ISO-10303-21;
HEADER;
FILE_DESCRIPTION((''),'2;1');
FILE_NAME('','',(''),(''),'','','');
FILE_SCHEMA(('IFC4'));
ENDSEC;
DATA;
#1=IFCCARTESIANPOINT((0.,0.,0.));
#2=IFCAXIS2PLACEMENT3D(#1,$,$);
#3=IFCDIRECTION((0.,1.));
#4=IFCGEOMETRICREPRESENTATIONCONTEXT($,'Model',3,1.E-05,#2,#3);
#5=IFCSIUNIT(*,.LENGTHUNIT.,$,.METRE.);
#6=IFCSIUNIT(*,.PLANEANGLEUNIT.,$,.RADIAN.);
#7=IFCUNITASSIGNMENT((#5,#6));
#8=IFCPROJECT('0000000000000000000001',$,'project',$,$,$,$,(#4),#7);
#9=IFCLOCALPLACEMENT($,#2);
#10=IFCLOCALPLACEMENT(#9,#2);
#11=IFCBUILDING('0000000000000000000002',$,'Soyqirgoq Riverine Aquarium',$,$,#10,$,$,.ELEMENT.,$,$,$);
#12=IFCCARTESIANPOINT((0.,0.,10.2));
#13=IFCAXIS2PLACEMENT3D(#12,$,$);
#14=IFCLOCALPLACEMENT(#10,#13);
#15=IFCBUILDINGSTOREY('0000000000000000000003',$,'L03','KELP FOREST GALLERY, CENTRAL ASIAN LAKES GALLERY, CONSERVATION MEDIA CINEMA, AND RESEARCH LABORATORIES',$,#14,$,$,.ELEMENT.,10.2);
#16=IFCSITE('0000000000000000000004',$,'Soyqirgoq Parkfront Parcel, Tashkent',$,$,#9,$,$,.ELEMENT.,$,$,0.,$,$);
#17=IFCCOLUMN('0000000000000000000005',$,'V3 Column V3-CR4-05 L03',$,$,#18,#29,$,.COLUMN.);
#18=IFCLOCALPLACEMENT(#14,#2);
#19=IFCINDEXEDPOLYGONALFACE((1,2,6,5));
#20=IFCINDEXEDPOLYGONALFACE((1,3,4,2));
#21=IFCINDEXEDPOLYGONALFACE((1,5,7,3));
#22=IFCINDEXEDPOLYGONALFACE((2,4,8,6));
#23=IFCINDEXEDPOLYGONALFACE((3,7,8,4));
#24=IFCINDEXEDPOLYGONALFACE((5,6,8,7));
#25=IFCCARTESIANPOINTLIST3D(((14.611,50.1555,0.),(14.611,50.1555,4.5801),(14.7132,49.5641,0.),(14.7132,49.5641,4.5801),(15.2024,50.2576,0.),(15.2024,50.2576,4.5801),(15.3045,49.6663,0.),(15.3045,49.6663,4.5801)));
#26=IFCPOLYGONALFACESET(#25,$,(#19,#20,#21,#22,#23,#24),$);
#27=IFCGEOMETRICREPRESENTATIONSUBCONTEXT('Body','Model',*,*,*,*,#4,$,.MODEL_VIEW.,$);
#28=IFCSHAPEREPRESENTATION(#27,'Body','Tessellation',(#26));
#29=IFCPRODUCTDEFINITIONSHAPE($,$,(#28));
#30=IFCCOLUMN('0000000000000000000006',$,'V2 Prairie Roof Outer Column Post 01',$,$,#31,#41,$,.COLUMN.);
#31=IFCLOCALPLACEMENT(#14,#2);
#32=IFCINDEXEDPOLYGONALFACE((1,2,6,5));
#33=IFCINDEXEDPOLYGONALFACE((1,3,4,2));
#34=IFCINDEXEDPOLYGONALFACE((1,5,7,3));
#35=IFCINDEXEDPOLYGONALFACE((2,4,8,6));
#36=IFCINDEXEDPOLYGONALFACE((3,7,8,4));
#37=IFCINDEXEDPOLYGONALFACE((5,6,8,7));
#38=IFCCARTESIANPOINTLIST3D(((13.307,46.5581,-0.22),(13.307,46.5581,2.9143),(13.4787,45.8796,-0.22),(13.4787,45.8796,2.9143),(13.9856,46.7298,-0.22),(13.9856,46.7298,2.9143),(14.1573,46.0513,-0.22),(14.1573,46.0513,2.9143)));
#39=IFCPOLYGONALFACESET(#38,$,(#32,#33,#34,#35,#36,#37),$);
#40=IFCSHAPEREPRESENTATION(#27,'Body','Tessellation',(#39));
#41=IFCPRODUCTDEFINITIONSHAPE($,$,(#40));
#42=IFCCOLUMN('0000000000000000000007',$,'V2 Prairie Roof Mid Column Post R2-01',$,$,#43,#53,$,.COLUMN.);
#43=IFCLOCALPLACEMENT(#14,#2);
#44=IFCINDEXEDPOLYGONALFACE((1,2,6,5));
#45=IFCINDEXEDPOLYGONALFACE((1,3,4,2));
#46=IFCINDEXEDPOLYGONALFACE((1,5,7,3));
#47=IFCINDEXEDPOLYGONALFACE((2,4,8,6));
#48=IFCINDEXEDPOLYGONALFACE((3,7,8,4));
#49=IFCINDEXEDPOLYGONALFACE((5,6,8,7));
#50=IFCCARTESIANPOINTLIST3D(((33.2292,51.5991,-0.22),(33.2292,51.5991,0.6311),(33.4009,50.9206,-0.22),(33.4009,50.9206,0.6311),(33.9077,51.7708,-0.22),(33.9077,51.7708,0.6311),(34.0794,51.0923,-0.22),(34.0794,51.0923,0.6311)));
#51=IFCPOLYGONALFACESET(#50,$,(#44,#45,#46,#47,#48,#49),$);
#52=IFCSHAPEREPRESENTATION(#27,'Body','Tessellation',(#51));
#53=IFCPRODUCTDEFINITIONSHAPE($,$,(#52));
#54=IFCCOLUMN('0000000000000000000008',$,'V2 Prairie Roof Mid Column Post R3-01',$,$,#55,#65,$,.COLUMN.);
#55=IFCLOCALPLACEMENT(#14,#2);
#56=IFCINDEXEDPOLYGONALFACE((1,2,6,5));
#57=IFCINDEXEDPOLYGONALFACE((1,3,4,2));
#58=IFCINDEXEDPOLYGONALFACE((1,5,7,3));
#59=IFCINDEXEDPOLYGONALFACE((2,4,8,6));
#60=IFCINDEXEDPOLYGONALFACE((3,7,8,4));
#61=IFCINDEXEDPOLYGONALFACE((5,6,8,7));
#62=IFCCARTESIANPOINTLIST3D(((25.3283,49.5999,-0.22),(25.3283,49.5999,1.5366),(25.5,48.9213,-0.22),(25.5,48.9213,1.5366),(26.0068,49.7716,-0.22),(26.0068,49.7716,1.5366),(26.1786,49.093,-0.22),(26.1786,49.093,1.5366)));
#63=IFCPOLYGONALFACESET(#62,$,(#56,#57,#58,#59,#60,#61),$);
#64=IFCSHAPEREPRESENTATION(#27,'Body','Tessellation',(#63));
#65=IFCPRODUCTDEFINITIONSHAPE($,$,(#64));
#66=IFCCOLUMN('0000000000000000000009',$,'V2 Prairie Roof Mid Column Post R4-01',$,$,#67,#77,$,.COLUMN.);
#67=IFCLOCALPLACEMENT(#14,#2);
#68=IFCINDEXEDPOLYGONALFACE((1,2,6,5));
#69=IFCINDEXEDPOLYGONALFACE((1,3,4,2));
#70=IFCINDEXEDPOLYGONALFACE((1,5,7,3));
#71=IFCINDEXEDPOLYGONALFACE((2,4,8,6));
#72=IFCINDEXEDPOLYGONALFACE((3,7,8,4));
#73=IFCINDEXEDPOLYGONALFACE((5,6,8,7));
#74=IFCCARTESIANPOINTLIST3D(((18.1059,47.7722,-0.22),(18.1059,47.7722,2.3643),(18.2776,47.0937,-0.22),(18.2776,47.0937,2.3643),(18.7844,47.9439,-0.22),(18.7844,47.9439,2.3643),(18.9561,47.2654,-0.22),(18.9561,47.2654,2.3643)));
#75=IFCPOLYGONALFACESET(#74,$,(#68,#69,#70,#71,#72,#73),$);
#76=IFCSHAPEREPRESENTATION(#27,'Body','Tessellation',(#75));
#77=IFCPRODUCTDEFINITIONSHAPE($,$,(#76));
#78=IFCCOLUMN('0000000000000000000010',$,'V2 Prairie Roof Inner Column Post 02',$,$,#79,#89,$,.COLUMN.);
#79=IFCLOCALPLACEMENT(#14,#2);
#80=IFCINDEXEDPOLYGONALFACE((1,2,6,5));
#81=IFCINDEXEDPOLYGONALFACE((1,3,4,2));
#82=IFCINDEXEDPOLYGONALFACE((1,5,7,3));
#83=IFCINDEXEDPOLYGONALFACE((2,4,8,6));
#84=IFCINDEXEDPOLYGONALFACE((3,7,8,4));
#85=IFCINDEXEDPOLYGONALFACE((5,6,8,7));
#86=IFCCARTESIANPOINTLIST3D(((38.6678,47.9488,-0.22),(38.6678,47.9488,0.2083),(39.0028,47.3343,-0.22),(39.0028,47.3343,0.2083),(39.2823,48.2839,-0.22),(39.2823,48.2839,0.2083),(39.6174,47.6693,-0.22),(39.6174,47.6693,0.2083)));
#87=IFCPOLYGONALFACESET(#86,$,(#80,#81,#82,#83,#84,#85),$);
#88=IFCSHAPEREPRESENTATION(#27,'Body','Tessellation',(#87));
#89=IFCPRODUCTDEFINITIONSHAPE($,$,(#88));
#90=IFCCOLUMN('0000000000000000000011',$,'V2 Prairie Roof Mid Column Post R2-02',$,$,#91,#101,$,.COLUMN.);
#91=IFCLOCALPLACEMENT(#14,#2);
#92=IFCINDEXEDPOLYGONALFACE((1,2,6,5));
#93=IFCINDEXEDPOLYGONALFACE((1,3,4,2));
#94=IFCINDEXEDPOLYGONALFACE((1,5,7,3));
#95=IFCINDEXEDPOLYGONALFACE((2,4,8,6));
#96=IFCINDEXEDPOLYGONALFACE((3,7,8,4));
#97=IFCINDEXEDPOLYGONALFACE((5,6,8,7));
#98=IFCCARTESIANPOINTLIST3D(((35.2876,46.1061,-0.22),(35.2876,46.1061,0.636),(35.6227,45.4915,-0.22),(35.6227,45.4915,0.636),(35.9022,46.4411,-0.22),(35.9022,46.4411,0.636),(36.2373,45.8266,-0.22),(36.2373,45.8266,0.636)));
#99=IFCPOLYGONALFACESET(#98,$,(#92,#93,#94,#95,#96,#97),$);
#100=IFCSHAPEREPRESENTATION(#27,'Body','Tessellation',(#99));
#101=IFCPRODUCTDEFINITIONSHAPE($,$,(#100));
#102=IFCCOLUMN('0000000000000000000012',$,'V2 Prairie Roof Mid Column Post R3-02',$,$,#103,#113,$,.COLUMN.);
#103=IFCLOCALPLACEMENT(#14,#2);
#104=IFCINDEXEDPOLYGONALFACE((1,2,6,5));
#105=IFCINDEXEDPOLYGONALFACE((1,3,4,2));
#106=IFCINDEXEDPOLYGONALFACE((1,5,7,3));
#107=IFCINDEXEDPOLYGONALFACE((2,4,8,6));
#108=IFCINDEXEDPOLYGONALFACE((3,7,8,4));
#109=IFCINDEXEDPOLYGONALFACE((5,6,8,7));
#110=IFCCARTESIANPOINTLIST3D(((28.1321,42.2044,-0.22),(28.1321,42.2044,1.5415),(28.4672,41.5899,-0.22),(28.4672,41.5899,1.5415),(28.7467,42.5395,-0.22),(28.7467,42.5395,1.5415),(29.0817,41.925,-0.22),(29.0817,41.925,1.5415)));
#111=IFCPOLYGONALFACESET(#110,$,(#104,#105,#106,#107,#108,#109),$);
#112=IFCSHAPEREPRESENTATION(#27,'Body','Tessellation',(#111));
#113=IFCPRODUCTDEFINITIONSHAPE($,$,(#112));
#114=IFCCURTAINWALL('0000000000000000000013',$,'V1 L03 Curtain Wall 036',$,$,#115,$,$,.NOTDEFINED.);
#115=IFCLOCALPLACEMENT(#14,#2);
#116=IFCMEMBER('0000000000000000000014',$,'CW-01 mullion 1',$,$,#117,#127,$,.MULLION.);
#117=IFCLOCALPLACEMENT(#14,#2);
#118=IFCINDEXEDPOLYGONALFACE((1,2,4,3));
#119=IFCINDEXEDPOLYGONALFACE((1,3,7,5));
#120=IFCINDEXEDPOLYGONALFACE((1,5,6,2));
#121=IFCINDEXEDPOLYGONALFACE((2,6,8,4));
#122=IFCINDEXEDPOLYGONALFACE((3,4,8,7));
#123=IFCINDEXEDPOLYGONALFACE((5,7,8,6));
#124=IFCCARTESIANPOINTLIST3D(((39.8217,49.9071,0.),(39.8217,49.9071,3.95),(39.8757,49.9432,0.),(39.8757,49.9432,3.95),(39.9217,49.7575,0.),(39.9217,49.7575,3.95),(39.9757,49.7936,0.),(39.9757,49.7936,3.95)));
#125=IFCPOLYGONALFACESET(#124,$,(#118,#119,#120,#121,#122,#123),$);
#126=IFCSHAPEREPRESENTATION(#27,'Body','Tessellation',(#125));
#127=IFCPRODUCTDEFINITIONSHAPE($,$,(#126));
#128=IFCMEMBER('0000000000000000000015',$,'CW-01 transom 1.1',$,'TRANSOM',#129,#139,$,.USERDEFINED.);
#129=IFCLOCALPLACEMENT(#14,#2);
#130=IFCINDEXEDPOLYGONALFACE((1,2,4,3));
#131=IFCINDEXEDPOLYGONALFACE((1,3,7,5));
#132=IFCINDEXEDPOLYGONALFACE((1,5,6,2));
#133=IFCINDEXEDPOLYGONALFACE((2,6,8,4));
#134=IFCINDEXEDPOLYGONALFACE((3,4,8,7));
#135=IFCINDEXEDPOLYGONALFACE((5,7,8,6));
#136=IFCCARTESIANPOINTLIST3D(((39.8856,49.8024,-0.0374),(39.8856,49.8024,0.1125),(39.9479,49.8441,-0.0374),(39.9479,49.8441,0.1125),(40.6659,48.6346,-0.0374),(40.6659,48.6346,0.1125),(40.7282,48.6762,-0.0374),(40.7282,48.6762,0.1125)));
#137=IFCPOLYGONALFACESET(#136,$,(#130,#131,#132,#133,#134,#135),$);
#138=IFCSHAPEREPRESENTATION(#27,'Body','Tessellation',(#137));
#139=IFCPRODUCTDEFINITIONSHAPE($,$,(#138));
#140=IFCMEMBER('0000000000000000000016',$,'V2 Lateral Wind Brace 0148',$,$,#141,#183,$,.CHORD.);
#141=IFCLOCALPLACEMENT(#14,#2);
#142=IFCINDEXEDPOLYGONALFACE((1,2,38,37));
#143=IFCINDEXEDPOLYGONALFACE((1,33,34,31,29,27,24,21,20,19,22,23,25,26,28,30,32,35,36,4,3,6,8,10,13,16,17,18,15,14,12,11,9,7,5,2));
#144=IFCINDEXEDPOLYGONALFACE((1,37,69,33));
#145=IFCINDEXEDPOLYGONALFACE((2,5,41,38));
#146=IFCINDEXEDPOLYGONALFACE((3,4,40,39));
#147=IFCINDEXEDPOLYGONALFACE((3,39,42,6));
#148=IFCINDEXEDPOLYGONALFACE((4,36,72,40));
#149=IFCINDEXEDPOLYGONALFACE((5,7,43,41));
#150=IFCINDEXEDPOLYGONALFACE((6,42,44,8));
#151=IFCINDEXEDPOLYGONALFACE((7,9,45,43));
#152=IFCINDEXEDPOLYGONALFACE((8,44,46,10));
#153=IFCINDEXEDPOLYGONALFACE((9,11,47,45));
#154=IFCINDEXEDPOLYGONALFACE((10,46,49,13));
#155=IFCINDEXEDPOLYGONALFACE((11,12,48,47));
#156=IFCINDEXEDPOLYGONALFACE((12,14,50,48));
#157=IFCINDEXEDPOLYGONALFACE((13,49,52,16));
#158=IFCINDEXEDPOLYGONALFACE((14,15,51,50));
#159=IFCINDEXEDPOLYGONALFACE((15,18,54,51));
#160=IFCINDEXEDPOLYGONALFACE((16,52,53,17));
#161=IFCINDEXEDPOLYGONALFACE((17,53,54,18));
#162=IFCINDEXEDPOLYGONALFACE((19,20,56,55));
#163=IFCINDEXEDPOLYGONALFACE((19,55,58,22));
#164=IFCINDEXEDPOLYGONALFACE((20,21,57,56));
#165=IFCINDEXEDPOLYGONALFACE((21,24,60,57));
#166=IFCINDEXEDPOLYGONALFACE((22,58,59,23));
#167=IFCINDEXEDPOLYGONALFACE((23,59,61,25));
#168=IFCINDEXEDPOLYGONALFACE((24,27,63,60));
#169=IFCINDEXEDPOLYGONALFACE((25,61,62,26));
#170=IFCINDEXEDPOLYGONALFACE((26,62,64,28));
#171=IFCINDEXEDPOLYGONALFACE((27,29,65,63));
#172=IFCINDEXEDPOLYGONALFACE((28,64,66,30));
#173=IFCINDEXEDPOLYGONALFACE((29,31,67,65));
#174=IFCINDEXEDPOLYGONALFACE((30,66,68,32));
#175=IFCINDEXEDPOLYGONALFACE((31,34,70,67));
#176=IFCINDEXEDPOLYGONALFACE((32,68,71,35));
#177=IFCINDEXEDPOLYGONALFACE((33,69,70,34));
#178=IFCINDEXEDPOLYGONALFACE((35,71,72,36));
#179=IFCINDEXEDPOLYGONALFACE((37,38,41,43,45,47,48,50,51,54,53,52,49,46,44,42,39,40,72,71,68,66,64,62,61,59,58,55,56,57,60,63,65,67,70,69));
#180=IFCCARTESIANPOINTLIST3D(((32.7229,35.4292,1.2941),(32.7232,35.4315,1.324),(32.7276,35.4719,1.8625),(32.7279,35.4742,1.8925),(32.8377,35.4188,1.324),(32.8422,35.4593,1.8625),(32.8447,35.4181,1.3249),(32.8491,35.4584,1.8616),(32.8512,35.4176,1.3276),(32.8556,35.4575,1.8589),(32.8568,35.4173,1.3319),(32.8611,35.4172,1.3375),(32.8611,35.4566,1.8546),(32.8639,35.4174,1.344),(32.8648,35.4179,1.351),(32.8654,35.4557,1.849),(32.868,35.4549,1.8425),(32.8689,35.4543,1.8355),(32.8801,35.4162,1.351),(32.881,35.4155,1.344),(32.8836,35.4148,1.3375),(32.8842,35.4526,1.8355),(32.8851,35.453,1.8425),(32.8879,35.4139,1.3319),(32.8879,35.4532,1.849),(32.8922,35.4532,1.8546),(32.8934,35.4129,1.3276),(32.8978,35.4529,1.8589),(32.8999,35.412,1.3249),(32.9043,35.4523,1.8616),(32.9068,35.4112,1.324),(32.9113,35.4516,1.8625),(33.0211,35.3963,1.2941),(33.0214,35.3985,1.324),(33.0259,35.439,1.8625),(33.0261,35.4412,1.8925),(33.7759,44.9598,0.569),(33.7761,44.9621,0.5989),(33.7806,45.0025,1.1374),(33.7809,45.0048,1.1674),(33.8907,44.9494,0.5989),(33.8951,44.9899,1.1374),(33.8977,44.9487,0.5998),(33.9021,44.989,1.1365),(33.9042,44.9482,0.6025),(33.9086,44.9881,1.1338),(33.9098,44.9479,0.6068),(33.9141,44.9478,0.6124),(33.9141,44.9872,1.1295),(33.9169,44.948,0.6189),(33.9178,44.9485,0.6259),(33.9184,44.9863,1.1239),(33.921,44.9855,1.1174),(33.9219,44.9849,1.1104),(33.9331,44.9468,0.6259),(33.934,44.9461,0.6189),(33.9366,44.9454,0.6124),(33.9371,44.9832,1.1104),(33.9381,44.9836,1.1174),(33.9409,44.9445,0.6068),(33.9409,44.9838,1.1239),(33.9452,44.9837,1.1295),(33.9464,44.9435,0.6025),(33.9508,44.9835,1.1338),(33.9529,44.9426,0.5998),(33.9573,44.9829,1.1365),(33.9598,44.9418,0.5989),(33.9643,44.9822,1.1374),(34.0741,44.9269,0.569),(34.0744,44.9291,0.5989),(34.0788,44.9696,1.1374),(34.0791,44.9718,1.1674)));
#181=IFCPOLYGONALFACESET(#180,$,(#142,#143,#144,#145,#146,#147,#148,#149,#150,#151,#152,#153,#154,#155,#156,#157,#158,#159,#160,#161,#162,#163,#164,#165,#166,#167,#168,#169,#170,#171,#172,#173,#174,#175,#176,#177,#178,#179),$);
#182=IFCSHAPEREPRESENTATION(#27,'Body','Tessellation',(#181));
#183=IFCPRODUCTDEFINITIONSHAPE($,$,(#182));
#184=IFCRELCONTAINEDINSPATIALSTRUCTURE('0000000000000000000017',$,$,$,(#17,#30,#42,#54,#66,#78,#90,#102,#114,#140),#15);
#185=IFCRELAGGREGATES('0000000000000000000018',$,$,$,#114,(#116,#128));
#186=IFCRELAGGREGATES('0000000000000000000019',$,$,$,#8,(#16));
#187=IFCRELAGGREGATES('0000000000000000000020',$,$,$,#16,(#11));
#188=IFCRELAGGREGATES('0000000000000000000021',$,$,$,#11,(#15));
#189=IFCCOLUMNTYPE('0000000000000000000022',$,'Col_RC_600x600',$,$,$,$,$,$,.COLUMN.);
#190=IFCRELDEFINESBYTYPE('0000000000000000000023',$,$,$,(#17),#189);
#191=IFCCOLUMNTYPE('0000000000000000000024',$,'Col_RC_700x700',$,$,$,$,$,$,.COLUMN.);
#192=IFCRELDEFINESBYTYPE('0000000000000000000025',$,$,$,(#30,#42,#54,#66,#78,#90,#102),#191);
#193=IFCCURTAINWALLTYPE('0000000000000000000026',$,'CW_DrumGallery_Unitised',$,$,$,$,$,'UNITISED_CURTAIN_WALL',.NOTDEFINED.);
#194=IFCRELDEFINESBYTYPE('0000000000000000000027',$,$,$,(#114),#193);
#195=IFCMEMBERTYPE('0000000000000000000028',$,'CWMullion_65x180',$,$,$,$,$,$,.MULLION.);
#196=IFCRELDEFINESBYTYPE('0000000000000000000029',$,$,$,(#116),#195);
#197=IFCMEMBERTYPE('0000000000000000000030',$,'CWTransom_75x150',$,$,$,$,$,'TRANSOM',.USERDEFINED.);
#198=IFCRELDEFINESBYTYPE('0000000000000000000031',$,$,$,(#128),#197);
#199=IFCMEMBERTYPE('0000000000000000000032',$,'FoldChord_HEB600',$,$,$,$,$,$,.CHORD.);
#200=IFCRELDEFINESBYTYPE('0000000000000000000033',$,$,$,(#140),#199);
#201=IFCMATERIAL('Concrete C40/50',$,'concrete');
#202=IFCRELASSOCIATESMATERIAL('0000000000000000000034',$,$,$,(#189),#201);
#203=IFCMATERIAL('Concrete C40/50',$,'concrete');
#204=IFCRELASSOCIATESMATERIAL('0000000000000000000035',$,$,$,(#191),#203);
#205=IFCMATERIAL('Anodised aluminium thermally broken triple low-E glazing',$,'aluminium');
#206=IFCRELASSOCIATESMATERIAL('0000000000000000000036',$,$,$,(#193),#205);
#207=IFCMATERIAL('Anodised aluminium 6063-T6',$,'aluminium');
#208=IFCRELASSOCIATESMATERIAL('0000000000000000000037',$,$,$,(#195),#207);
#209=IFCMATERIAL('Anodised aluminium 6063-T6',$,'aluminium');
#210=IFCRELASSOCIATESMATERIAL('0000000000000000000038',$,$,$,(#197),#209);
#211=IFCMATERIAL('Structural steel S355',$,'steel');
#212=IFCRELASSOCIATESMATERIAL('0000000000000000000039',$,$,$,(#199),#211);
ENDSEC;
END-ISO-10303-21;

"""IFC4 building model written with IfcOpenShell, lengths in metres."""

from ifc_helpers import new_model, si_unit, direction, frame, origin, origin_2d, place, context, subcontext, project, spatial, rectangle, i_section, extrude, material, material_profile, profile_set, type_object, element, aggregate, save


model = new_model("IFC4")

# Units and contexts
model_context = context("Model", 3, precision=1e-05, world=origin(), true_north=direction((0.0, 1.0)))
body_context = subcontext(model_context, "Body", "Model", "MODEL_VIEW")
ifc_project = project(units=[si_unit("LENGTHUNIT", "METRE"), si_unit("PLANEANGLEUNIT", "RADIAN")], contexts=[model_context])

# Site, building, storey
site_placement = place(None, origin())
site = spatial("IfcSite", under=ifc_project, at=site_placement, Name="Soyqirgoq Parkfront Parcel, Tashkent", CompositionType="ELEMENT", RefElevation=0.0)
building_placement = place(site_placement, origin())
building = spatial("IfcBuilding", under=site, at=building_placement, Name="Soyqirgoq Riverine Aquarium", CompositionType="ELEMENT")
storey_placement = place(building_placement, frame((0.0, 0.0, 10.2)))
storey = spatial("IfcBuildingStorey", under=building, at=storey_placement, Name="L03", Description="KELP FOREST GALLERY, CENTRAL ASIAN LAKES GALLERY, CONSERVATION MEDIA CINEMA, AND RESEARCH LABORATORIES", CompositionType="ELEMENT", Elevation=10.2)

# Columns
ifc_material_1 = material(Name="Concrete C40/50", Category="concrete")
ifc_material_profile_1 = material_profile(ifc_material_1, rectangle(XDim=0.6001, YDim=0.6001, at=origin_2d()), Name="RC 600x600")
ifc_profile_set_1 = profile_set([ifc_material_profile_1], Name="Concrete C40/50")
column_type_1 = type_object("IfcColumnType", Name="Col_RC_600x600", PredefinedType="COLUMN", material=ifc_profile_set_1)
column_1_placement = place(storey_placement, frame((14.9578, 49.9109, 0.0), z_axis=(0.0, 0.0, 1.0), x_axis=(-0.985408, -0.170209, 0.0)))
element("IfcColumn", 1, at=column_1_placement, inside=storey, type_object=column_type_1, Name="V3 Column V3-CR4-05 L03", PredefinedType="COLUMN", context=body_context, shape_type="SweptSolid", body=[
    extrude(rectangle(XDim=0.6001, YDim=0.6001, at=origin_2d()), origin(), (0.0, 0.0, 1.0), 4.5801),
])
ifc_material_2 = material(Name="Concrete C40/50", Category="concrete")
ifc_material_profile_2 = material_profile(ifc_material_2, rectangle(XDim=0.7, YDim=0.7, at=origin_2d()), Name="RC 700x700")
ifc_profile_set_2 = profile_set([ifc_material_profile_2], Name="Concrete C40/50")
column_type_2 = type_object("IfcColumnType", Name="Col_RC_700x700", PredefinedType="COLUMN", material=ifc_profile_set_2)
column_2_placement = place(storey_placement, frame((13.7322, 46.3047, -0.22), z_axis=(0.0, 0.0, 1.0), x_axis=(-0.969445, -0.245307, 0.0)))
element("IfcColumn", 2, at=column_2_placement, inside=storey, type_object=column_type_2, Name="V2 Prairie Roof Outer Column Post 01", PredefinedType="COLUMN", context=body_context, shape_type="SweptSolid", body=[
    extrude(rectangle(XDim=0.7, YDim=0.7, at=origin_2d()), origin(), (0.0, 0.0, 1.0), 3.1343),
])
column_3_placement = place(storey_placement, frame((33.6543, 51.3457, -0.22), z_axis=(0.0, 0.0, 1.0), x_axis=(-0.969445, -0.245307, 0.0)))
element("IfcColumn", 3, at=column_3_placement, inside=storey, type_object=column_type_2, Name="V2 Prairie Roof Mid Column Post R2-01", PredefinedType="COLUMN", context=body_context, shape_type="SweptSolid", body=[
    extrude(rectangle(XDim=0.7, YDim=0.7, at=origin_2d()), origin(), (0.0, 0.0, 1.0), 0.8511),
])
column_4_placement = place(storey_placement, frame((25.7534, 49.3464, -0.22), z_axis=(0.0, 0.0, 1.0), x_axis=(-0.969445, -0.245307, 0.0)))
element("IfcColumn", 4, at=column_4_placement, inside=storey, type_object=column_type_2, Name="V2 Prairie Roof Mid Column Post R3-01", PredefinedType="COLUMN", context=body_context, shape_type="SweptSolid", body=[
    extrude(rectangle(XDim=0.7, YDim=0.7, at=origin_2d()), origin(), (0.0, 0.0, 1.0), 1.7566),
])
column_5_placement = place(storey_placement, frame((18.531, 47.5188, -0.22), z_axis=(0.0, 0.0, 1.0), x_axis=(-0.969445, -0.245307, 0.0)))
element("IfcColumn", 5, at=column_5_placement, inside=storey, type_object=column_type_2, Name="V2 Prairie Roof Mid Column Post R4-01", PredefinedType="COLUMN", context=body_context, shape_type="SweptSolid", body=[
    extrude(rectangle(XDim=0.7, YDim=0.7, at=origin_2d()), origin(), (0.0, 0.0, 1.0), 2.5842),
])
column_6_placement = place(storey_placement, frame((39.1426, 47.8091, -0.22), z_axis=(0.0, 0.0, 1.0), x_axis=(-0.877983, -0.478692, 0.0)))
element("IfcColumn", 6, at=column_6_placement, inside=storey, type_object=column_type_2, Name="V2 Prairie Roof Inner Column Post 02", PredefinedType="COLUMN", context=body_context, shape_type="SweptSolid", body=[
    extrude(rectangle(XDim=0.7, YDim=0.7, at=origin_2d()), origin(), (0.0, 0.0, 1.0), 0.4282),
])
column_7_placement = place(storey_placement, frame((35.7625, 45.9663, -0.22), z_axis=(0.0, 0.0, 1.0), x_axis=(-0.877983, -0.478692, 0.0)))
element("IfcColumn", 7, at=column_7_placement, inside=storey, type_object=column_type_2, Name="V2 Prairie Roof Mid Column Post R2-02", PredefinedType="COLUMN", context=body_context, shape_type="SweptSolid", body=[
    extrude(rectangle(XDim=0.7, YDim=0.7, at=origin_2d()), origin(), (0.0, 0.0, 1.0), 0.856),
])
column_8_placement = place(storey_placement, frame((28.6069, 42.0647, -0.22), z_axis=(0.0, 0.0, 1.0), x_axis=(-0.877983, -0.478692, 0.0)))
element("IfcColumn", 8, at=column_8_placement, inside=storey, type_object=column_type_2, Name="V2 Prairie Roof Mid Column Post R3-02", PredefinedType="COLUMN", context=body_context, shape_type="SweptSolid", body=[
    extrude(rectangle(XDim=0.7, YDim=0.7, at=origin_2d()), origin(), (0.0, 0.0, 1.0), 1.7615),
])

# Curtain wall, members
ifc_material_3 = material(Name="Anodised aluminium thermally broken triple low-E glazing", Category="aluminium")
curtain_wall_type = type_object("IfcCurtainWallType", Name="CW_DrumGallery_Unitised", ElementType="UNITISED_CURTAIN_WALL", PredefinedType="NOTDEFINED", material=ifc_material_3)
curtain_wall_placement = place(storey_placement, origin())
curtain_wall = element("IfcCurtainWall", 9, at=curtain_wall_placement, inside=storey, type_object=curtain_wall_type, Name="V1 L03 Curtain Wall 036", PredefinedType="NOTDEFINED")
ifc_material_4 = material(Name="Anodised aluminium 6063-T6", Category="aluminium")
ifc_material_profile_3 = material_profile(ifc_material_4, rectangle(XDim=0.0649, YDim=0.1799, at=origin_2d()), Name="ALU-M 65x180")
ifc_profile_set_3 = profile_set([ifc_material_profile_3], Name="Anodised aluminium 6063-T6")
member_type_1 = type_object("IfcMemberType", Name="CWMullion_65x180", PredefinedType="MULLION", material=ifc_profile_set_3)
member_1_placement = place(storey_placement, frame((39.8987, 49.8503, 0.0), z_axis=(0.0, 0.0, 1.0), x_axis=(0.831469, 0.555572, 0.0)))
member_1 = element("IfcMember", 10, at=member_1_placement, type_object=member_type_1, Name="CW-01 mullion 1", PredefinedType="MULLION", context=body_context, shape_type="SweptSolid", body=[
    extrude(rectangle(XDim=0.0649, YDim=0.1799, at=origin_2d()), origin(), (0.0, 0.0, 1.0), 3.95),
])
ifc_material_5 = material(Name="Anodised aluminium 6063-T6", Category="aluminium")
ifc_material_profile_4 = material_profile(ifc_material_5, rectangle(XDim=0.075, YDim=0.1499, at=origin_2d()), Name="ALU-T 75x150")
ifc_profile_set_4 = profile_set([ifc_material_profile_4], Name="Anodised aluminium 6063-T6")
member_type_2 = type_object("IfcMemberType", Name="CWTransom_75x150", ElementType="TRANSOM", PredefinedType="USERDEFINED", material=ifc_profile_set_4)
member_2_placement = place(storey_placement, frame((39.9167, 49.8232, 0.0376), z_axis=(0.555582, -0.831461, 0.0), x_axis=(0.831461, 0.555582, 0.0)))
member_2 = element("IfcMember", 11, at=member_2_placement, type_object=member_type_2, Name="CW-01 transom 1.1", ObjectType="TRANSOM", PredefinedType="USERDEFINED", context=body_context, shape_type="SweptSolid", body=[
    extrude(rectangle(XDim=0.075, YDim=0.1499, at=origin_2d()), origin(), (0.0, 0.0, 1.0), 1.4045),
])
aggregate(curtain_wall, [member_1, member_2])

# Member
ifc_material_6 = material(Name="Structural steel S355", Category="steel")
ifc_material_profile_5 = material_profile(ifc_material_6, i_section(OverallWidth=0.3, OverallDepth=0.6001, WebThickness=0.0154, FlangeThickness=0.03, FilletRadius=0.0271, at=origin_2d()), Name="HEB 600")
ifc_profile_set_5 = profile_set([ifc_material_profile_5], Name="Structural steel S355")
member_type_3 = type_object("IfcMemberType", Name="FoldChord_HEB600", PredefinedType="CHORD", material=ifc_profile_set_5)
member_3_placement = place(storey_placement, frame((33.9275, 44.9658, 0.8682), z_axis=(-0.109504, -0.991122, 0.075406), x_axis=(0.993952, -0.109817, 0.0)))
element("IfcMember", 12, at=member_3_placement, inside=storey, type_object=member_type_3, Name="V2 Lateral Wind Brace 0148", PredefinedType="CHORD", context=body_context, shape_type="SweptSolid", body=[
    extrude(i_section(OverallWidth=0.3, OverallDepth=0.6001, WebThickness=0.0154, FlangeThickness=0.03, FilletRadius=0.0271, at=origin_2d()), origin(), (0.0, 0.0, 1.0), 9.616),
])

save(model, "model.ifc")
